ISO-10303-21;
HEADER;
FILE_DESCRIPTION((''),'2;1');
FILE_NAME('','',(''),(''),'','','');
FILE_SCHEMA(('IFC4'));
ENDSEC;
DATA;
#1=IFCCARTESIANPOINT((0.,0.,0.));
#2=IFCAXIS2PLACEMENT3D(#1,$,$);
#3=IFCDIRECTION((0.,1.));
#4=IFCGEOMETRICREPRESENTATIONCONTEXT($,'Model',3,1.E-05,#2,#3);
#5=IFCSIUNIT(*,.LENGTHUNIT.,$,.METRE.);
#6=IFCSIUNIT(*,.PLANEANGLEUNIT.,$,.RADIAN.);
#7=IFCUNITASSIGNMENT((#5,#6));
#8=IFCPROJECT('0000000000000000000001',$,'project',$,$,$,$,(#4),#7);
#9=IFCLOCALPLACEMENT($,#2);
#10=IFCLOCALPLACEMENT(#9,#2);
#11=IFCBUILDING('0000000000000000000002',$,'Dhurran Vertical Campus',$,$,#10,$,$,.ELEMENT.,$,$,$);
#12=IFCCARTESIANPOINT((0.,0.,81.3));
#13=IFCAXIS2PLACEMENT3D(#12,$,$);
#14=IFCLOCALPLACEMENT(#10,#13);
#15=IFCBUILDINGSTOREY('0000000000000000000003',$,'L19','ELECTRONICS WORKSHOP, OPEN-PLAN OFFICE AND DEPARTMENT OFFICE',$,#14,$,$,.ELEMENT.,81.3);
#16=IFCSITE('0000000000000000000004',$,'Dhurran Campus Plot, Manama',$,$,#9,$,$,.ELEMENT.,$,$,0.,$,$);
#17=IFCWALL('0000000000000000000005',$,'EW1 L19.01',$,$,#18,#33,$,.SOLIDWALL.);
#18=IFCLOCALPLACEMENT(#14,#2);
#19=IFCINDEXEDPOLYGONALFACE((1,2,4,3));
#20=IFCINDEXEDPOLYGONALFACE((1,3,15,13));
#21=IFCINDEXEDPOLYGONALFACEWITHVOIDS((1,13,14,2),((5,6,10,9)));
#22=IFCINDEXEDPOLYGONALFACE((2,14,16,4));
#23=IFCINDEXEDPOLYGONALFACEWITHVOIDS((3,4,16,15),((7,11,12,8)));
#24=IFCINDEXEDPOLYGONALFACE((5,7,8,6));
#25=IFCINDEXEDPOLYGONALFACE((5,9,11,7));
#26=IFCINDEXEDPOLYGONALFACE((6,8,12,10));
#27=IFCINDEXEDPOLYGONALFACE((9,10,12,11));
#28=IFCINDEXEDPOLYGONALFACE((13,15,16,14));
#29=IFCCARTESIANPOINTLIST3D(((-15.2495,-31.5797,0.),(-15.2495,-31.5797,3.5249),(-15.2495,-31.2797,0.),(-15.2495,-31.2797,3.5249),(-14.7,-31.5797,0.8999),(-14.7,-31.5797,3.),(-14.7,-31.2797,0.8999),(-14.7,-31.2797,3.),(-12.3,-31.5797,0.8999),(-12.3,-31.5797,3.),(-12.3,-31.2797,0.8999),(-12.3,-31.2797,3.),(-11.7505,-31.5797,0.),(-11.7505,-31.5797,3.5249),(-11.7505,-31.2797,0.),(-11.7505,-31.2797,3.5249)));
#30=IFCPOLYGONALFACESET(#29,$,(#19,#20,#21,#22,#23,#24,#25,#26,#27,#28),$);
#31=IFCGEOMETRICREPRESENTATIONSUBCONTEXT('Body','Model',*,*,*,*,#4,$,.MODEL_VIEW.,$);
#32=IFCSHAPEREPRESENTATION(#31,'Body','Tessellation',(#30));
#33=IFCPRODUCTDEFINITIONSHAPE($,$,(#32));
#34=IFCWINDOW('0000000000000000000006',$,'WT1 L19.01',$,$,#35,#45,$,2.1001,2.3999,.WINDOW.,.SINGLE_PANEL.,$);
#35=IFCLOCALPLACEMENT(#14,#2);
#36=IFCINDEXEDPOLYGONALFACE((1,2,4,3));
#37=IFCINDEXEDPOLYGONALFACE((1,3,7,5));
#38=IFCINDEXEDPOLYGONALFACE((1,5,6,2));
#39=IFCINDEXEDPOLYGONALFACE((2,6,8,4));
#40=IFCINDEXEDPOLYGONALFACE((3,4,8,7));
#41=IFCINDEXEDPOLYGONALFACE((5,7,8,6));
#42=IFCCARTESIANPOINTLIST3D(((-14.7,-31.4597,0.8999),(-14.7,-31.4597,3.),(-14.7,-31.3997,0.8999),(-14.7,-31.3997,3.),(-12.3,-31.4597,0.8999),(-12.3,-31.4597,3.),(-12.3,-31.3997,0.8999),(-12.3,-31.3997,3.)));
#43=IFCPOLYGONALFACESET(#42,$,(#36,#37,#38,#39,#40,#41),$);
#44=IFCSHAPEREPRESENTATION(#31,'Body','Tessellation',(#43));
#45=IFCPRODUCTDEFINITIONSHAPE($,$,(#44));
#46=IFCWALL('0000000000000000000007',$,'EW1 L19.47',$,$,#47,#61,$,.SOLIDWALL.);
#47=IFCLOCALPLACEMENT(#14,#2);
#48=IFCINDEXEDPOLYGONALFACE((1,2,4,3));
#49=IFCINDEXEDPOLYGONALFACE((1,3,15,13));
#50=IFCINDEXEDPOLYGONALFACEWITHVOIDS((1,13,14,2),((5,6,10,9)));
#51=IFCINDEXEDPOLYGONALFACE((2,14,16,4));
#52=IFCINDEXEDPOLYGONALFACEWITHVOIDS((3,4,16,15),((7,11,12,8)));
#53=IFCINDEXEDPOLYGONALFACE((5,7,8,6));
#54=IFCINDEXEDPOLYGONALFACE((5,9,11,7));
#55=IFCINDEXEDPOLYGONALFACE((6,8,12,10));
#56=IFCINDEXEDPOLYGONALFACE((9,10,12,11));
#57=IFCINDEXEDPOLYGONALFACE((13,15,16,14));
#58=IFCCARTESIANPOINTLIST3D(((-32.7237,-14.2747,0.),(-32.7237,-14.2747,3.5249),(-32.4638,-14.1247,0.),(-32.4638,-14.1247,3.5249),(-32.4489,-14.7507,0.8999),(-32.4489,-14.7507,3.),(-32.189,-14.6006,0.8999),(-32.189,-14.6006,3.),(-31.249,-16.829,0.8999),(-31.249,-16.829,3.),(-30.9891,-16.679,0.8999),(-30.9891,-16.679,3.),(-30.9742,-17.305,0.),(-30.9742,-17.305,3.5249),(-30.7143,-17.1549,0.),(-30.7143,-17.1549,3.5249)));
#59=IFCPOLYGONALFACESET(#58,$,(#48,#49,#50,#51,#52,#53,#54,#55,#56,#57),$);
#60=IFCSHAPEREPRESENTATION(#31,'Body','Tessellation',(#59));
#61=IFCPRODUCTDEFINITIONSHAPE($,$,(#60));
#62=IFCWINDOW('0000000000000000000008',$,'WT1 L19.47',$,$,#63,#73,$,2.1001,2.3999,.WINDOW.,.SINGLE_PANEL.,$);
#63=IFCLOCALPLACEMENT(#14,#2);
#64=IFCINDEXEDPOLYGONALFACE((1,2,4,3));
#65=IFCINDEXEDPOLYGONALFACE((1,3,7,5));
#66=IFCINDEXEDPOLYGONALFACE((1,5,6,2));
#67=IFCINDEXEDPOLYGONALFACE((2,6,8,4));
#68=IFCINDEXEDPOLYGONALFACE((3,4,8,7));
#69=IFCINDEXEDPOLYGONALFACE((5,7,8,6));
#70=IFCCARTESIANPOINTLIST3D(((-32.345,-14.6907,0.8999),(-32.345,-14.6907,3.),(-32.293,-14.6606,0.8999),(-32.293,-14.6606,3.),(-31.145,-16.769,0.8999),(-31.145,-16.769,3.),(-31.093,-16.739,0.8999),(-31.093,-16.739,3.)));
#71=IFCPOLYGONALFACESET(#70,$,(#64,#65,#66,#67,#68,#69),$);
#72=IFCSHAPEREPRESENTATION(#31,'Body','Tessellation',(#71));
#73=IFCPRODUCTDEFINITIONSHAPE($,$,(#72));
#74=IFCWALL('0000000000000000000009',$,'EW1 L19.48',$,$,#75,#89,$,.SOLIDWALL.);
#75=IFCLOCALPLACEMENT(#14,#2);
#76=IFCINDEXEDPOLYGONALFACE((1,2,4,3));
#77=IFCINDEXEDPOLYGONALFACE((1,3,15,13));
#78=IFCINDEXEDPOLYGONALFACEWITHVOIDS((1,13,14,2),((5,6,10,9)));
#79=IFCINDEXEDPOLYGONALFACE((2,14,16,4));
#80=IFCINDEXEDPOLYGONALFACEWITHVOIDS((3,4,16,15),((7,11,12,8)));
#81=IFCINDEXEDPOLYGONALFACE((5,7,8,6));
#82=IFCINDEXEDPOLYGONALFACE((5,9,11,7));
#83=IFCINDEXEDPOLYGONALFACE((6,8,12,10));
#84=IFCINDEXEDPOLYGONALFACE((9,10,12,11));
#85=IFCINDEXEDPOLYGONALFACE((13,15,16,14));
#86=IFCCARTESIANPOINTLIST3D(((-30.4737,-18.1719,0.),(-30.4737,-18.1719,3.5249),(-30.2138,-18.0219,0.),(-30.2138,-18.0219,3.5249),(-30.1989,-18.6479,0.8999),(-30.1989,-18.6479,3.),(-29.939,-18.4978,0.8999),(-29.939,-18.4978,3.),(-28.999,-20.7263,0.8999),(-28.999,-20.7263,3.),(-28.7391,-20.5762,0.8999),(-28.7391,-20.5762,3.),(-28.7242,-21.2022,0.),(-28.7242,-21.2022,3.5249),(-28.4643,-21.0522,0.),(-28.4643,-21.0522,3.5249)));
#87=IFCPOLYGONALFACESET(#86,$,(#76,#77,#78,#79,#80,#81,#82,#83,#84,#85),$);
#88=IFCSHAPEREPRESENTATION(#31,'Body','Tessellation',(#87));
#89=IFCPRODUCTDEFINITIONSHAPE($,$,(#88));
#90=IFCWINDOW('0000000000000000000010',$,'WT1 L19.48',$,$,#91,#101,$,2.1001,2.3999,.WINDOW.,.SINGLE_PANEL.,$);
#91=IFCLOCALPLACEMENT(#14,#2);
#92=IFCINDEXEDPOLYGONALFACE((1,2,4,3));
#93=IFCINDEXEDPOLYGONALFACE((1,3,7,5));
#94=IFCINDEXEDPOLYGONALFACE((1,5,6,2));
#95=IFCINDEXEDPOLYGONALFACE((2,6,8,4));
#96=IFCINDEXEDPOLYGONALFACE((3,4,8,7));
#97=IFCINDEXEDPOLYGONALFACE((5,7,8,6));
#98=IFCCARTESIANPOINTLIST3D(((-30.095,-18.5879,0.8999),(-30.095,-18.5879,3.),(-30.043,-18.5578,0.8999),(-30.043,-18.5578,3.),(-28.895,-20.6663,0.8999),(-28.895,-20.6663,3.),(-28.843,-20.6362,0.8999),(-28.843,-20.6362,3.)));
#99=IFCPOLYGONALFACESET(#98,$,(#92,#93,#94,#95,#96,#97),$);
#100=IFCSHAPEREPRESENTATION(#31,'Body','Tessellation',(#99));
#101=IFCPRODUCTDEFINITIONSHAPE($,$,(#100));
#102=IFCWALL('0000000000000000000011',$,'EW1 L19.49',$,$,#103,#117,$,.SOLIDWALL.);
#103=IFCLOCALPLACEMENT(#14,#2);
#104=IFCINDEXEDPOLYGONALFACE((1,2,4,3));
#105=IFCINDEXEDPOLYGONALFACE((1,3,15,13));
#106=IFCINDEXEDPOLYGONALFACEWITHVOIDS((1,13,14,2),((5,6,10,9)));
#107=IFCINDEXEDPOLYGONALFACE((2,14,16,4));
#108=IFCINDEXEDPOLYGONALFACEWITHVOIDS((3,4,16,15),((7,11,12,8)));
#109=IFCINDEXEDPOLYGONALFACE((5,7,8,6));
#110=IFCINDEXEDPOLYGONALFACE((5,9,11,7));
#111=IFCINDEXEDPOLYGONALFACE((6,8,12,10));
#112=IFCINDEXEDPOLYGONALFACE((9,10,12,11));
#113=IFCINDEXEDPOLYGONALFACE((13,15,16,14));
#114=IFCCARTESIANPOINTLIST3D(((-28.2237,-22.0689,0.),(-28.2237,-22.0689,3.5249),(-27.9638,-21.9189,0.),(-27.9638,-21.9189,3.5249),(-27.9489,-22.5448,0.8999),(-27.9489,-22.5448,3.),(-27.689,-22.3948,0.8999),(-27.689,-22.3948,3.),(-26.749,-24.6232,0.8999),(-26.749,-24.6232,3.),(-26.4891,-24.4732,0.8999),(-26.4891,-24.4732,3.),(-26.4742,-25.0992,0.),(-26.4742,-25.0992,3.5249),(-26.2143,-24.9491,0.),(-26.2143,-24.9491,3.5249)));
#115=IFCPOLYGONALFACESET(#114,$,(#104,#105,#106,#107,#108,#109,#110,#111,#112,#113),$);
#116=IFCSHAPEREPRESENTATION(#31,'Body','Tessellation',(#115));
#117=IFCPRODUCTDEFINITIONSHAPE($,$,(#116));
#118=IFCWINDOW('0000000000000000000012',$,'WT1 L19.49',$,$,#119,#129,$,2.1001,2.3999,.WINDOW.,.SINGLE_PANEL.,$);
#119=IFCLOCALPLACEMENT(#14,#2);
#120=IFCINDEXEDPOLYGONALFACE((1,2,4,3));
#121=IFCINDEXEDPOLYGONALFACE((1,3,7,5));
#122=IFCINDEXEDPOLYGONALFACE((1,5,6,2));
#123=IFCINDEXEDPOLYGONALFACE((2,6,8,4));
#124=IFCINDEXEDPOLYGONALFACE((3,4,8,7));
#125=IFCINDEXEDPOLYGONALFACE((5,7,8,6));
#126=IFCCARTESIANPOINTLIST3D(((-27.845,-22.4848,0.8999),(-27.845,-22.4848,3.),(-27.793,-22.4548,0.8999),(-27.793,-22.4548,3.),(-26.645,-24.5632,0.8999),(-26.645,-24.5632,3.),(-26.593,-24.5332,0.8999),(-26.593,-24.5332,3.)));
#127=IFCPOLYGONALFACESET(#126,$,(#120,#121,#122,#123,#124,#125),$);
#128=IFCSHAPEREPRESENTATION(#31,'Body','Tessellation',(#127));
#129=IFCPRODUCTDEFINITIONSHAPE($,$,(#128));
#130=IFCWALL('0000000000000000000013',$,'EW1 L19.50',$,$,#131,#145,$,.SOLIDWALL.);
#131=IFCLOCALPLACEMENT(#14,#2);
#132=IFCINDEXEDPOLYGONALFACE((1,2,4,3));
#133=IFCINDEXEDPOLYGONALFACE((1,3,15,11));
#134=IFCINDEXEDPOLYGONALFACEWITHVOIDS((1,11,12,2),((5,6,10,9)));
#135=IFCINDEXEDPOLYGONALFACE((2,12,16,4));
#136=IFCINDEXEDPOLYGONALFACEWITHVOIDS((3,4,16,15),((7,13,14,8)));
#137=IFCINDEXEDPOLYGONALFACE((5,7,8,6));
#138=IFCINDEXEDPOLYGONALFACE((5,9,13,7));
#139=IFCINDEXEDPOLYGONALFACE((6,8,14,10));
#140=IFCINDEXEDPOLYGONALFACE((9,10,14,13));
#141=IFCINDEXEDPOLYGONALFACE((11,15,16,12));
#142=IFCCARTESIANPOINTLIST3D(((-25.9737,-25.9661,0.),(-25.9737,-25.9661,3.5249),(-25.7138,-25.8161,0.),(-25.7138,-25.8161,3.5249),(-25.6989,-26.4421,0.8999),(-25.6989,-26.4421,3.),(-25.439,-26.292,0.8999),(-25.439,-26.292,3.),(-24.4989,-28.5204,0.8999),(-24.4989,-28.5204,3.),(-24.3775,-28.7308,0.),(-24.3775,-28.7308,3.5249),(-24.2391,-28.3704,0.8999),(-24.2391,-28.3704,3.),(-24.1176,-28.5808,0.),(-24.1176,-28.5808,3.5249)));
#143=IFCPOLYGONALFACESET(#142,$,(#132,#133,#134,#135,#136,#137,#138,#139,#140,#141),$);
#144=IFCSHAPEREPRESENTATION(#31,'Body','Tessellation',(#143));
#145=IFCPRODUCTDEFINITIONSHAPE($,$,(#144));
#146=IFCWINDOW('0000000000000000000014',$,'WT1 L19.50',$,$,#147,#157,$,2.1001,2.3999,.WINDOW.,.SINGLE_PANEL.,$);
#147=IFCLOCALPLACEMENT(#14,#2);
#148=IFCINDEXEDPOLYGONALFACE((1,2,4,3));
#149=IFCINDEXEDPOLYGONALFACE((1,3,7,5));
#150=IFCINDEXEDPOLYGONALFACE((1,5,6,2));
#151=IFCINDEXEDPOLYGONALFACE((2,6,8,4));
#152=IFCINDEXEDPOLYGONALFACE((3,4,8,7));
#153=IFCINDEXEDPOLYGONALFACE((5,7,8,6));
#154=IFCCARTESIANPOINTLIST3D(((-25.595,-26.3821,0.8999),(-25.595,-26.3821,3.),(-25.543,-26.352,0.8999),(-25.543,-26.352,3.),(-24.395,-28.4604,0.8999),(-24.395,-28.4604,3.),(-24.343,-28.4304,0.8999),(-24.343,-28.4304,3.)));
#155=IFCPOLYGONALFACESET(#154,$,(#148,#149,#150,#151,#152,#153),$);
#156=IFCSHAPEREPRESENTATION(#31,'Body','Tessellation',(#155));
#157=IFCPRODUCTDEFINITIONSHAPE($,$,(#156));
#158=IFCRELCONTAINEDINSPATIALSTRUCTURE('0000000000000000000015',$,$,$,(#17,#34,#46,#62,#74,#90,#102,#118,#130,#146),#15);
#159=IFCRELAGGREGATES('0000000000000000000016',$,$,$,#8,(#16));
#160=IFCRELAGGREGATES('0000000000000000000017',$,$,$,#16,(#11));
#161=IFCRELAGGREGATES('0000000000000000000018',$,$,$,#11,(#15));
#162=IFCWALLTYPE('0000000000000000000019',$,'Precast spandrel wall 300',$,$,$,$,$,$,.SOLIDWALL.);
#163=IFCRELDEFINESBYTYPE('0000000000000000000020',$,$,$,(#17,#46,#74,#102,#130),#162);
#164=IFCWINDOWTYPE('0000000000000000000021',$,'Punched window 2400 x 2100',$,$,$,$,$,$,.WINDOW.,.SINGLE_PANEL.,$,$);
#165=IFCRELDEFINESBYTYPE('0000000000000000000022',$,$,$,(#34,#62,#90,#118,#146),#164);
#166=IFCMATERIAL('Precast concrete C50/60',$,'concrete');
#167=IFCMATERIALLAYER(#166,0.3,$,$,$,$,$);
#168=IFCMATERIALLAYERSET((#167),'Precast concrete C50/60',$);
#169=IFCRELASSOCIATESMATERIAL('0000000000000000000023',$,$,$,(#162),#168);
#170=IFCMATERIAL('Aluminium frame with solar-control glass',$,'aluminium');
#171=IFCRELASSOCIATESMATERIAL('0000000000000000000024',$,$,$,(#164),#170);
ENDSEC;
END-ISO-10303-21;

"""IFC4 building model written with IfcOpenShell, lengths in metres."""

from ifc_helpers import new_model, si_unit, direction, frame, frame_2d, origin, place, context, subcontext, project, spatial, rectangle, extrude, material, layer, layer_set, type_object, element, fill, save


model = new_model("IFC4")

# Units and contexts
model_context = context("Model", 3, precision=1e-05, world=origin(), true_north=direction((0.0, 1.0)))
body_context = subcontext(model_context, "Body", "Model", "MODEL_VIEW")
ifc_project = project(units=[si_unit("LENGTHUNIT", "METRE"), si_unit("PLANEANGLEUNIT", "RADIAN")], contexts=[model_context])

# Site, building, storey
site_placement = place(None, origin())
site = spatial("IfcSite", under=ifc_project, at=site_placement, Name="Dhurran Campus Plot, Manama", CompositionType="ELEMENT", RefElevation=0.0)
building_placement = place(site_placement, origin())
building = spatial("IfcBuilding", under=site, at=building_placement, Name="Dhurran Vertical Campus", CompositionType="ELEMENT")
storey_placement = place(building_placement, frame((0.0, 0.0, 81.3)))
storey = spatial("IfcBuildingStorey", under=building, at=storey_placement, Name="L19", Description="ELECTRONICS WORKSHOP, OPEN-PLAN OFFICE AND DEPARTMENT OFFICE", CompositionType="ELEMENT", Elevation=81.3)

# Walls, openings, windows
ifc_material_1 = material(Name="Precast concrete C50/60", Category="concrete")
ifc_layer_1 = layer(ifc_material_1, 0.3)
ifc_layer_set_1 = layer_set([ifc_layer_1], Name="Precast concrete C50/60")
wall_type_1 = type_object("IfcWallType", Name="Precast spandrel wall 300", PredefinedType="SOLIDWALL", material=ifc_layer_set_1)
ifc_material_2 = material(Name="Aluminium frame with solar-control glass", Category="aluminium")
window_type = type_object("IfcWindowType", Name="Punched window 2400 x 2100", PartitioningType="SINGLE_PANEL", PredefinedType="WINDOW", material=ifc_material_2)
wall_1_placement = place(storey_placement, frame((-15.2495, -31.4297, 0.0), z_axis=(0.0, 0.0, 1.0), x_axis=(1.0, 0.0, 0.0)))
wall_1 = element("IfcWall", 1, at=wall_1_placement, inside=storey, type_object=wall_type_1, Name="EW1 L19.01", PredefinedType="SOLIDWALL", context=body_context, shape_type="SweptSolid", body=[
    extrude(rectangle(XDim=3.499, YDim=0.3, at=frame_2d((1.7495, 0.0))), origin(), (0.0, 0.0, 1.0), 3.5249),
])
opening_1_placement = place(wall_1_placement, frame((0.5496, 0.0, 0.8999)))
opening_1 = element("IfcOpeningElement", 2, at=opening_1_placement, cuts=wall_1, PredefinedType="OPENING", context=body_context, shape_type="SweptSolid", body=[
    extrude(rectangle(XDim=2.3999, YDim=2.1001, at=frame_2d((1.2, 1.05))), frame((0.0, 0.1599, 0.0), z_axis=(0.0, -1.0, 0.0), x_axis=(1.0, 0.0, 0.0)), (0.0, 0.0, 1.0), 0.3201),
])
window_1_placement = place(opening_1_placement, origin())
window_1 = element("IfcWindow", 3, at=window_1_placement, inside=storey, type_object=window_type, Name="WT1 L19.01", OverallHeight=2.1001, OverallWidth=2.3999, PartitioningType="SINGLE_PANEL", PredefinedType="WINDOW", context=body_context, shape_type="SweptSolid", body=[
    extrude(rectangle(XDim=2.3999, YDim=2.1001, at=frame_2d((1.2, 1.05))), frame((0.0, 0.03, 0.0), z_axis=(0.0, -1.0, 0.0), x_axis=(1.0, 0.0, 0.0)), (0.0, 0.0, 1.0), 0.0601),
])
fill(opening_1, window_1)
wall_2_placement = place(storey_placement, frame((-32.5938, -14.1997, 0.0), z_axis=(0.0, 0.0, 1.0), x_axis=(0.499996, -0.866028, 0.0)))
wall_2 = element("IfcWall", 4, at=wall_2_placement, inside=storey, type_object=wall_type_1, Name="EW1 L19.47", PredefinedType="SOLIDWALL", context=body_context, shape_type="SweptSolid", body=[
    extrude(rectangle(XDim=3.499, YDim=0.3, at=frame_2d((1.7495, 0.0))), origin(), (0.0, 0.0, 1.0), 3.5249),
])
opening_2_placement = place(wall_2_placement, frame((0.5496, 0.0, 0.8999)))
opening_2 = element("IfcOpeningElement", 5, at=opening_2_placement, cuts=wall_2, PredefinedType="OPENING", context=body_context, shape_type="SweptSolid", body=[
    extrude(rectangle(XDim=2.3999, YDim=2.1001, at=frame_2d((1.2, 1.05))), frame((0.0, 0.1599, 0.0), z_axis=(0.0, -1.0, 0.0), x_axis=(1.0, 0.0, 0.0)), (0.0, 0.0, 1.0), 0.3201),
])
window_2_placement = place(opening_2_placement, origin())
window_2 = element("IfcWindow", 6, at=window_2_placement, inside=storey, type_object=window_type, Name="WT1 L19.47", OverallHeight=2.1001, OverallWidth=2.3999, PartitioningType="SINGLE_PANEL", PredefinedType="WINDOW", context=body_context, shape_type="SweptSolid", body=[
    extrude(rectangle(XDim=2.3999, YDim=2.1001, at=frame_2d((1.2, 1.05))), frame((0.0, 0.03, 0.0), z_axis=(0.0, -1.0, 0.0), x_axis=(1.0, 0.0, 0.0)), (0.0, 0.0, 1.0), 0.0601),
])
fill(opening_2, window_2)
wall_3_placement = place(storey_placement, frame((-30.3438, -18.0969, 0.0), z_axis=(0.0, 0.0, 1.0), x_axis=(0.499996, -0.866028, 0.0)))
wall_3 = element("IfcWall", 7, at=wall_3_placement, inside=storey, type_object=wall_type_1, Name="EW1 L19.48", PredefinedType="SOLIDWALL", context=body_context, shape_type="SweptSolid", body=[
    extrude(rectangle(XDim=3.499, YDim=0.3, at=frame_2d((1.7495, 0.0))), origin(), (0.0, 0.0, 1.0), 3.5249),
])
opening_3_placement = place(wall_3_placement, frame((0.5496, 0.0, 0.8999)))
opening_3 = element("IfcOpeningElement", 8, at=opening_3_placement, cuts=wall_3, PredefinedType="OPENING", context=body_context, shape_type="SweptSolid", body=[
    extrude(rectangle(XDim=2.3999, YDim=2.1001, at=frame_2d((1.2, 1.05))), frame((0.0, 0.1599, 0.0), z_axis=(0.0, -1.0, 0.0), x_axis=(1.0, 0.0, 0.0)), (0.0, 0.0, 1.0), 0.3201),
])
window_3_placement = place(opening_3_placement, origin())
window_3 = element("IfcWindow", 9, at=window_3_placement, inside=storey, type_object=window_type, Name="WT1 L19.48", OverallHeight=2.1001, OverallWidth=2.3999, PartitioningType="SINGLE_PANEL", PredefinedType="WINDOW", context=body_context, shape_type="SweptSolid", body=[
    extrude(rectangle(XDim=2.3999, YDim=2.1001, at=frame_2d((1.2, 1.05))), frame((0.0, 0.03, 0.0), z_axis=(0.0, -1.0, 0.0), x_axis=(1.0, 0.0, 0.0)), (0.0, 0.0, 1.0), 0.0601),
])
fill(opening_3, window_3)
wall_4_placement = place(storey_placement, frame((-28.0938, -21.9939, 0.0), z_axis=(0.0, 0.0, 1.0), x_axis=(0.499996, -0.866028, 0.0)))
wall_4 = element("IfcWall", 10, at=wall_4_placement, inside=storey, type_object=wall_type_1, Name="EW1 L19.49", PredefinedType="SOLIDWALL", context=body_context, shape_type="SweptSolid", body=[
    extrude(rectangle(XDim=3.499, YDim=0.3, at=frame_2d((1.7495, 0.0))), origin(), (0.0, 0.0, 1.0), 3.5249),
])
opening_4_placement = place(wall_4_placement, frame((0.5496, 0.0, 0.8999)))
opening_4 = element("IfcOpeningElement", 11, at=opening_4_placement, cuts=wall_4, PredefinedType="OPENING", context=body_context, shape_type="SweptSolid", body=[
    extrude(rectangle(XDim=2.3999, YDim=2.1001, at=frame_2d((1.2, 1.05))), frame((0.0, 0.1599, 0.0), z_axis=(0.0, -1.0, 0.0), x_axis=(1.0, 0.0, 0.0)), (0.0, 0.0, 1.0), 0.3201),
])
window_4_placement = place(opening_4_placement, origin())
window_4 = element("IfcWindow", 12, at=window_4_placement, inside=storey, type_object=window_type, Name="WT1 L19.49", OverallHeight=2.1001, OverallWidth=2.3999, PartitioningType="SINGLE_PANEL", PredefinedType="WINDOW", context=body_context, shape_type="SweptSolid", body=[
    extrude(rectangle(XDim=2.3999, YDim=2.1001, at=frame_2d((1.2, 1.05))), frame((0.0, 0.03, 0.0), z_axis=(0.0, -1.0, 0.0), x_axis=(1.0, 0.0, 0.0)), (0.0, 0.0, 1.0), 0.0601),
])
fill(opening_4, window_4)
wall_5_placement = place(storey_placement, frame((-25.8438, -25.8911, 0.0), z_axis=(0.0, 0.0, 1.0), x_axis=(0.500005, -0.866023, 0.0)))
wall_5 = element("IfcWall", 13, at=wall_5_placement, inside=storey, type_object=wall_type_1, Name="EW1 L19.50", PredefinedType="SOLIDWALL", context=body_context, shape_type="SweptSolid", body=[
    extrude(rectangle(XDim=3.1924, YDim=0.3, at=frame_2d((1.5962, 0.0))), origin(), (0.0, 0.0, 1.0), 3.5249),
])
opening_5_placement = place(wall_5_placement, frame((0.5496, 0.0, 0.8999)))
opening_5 = element("IfcOpeningElement", 14, at=opening_5_placement, cuts=wall_5, PredefinedType="OPENING", context=body_context, shape_type="SweptSolid", body=[
    extrude(rectangle(XDim=2.3999, YDim=2.1001, at=frame_2d((1.2, 1.05))), frame((0.0, 0.1599, 0.0), z_axis=(0.0, -1.0, 0.0), x_axis=(1.0, 0.0, 0.0)), (0.0, 0.0, 1.0), 0.3201),
])
window_5_placement = place(opening_5_placement, origin())
window_5 = element("IfcWindow", 15, at=window_5_placement, inside=storey, type_object=window_type, Name="WT1 L19.50", OverallHeight=2.1001, OverallWidth=2.3999, PartitioningType="SINGLE_PANEL", PredefinedType="WINDOW", context=body_context, shape_type="SweptSolid", body=[
    extrude(rectangle(XDim=2.3999, YDim=2.1001, at=frame_2d((1.2, 1.05))), frame((0.0, 0.03, 0.0), z_axis=(0.0, -1.0, 0.0), x_axis=(1.0, 0.0, 0.0)), (0.0, 0.0, 1.0), 0.0601),
])
fill(opening_5, window_5)

save(model, "model.ifc")
